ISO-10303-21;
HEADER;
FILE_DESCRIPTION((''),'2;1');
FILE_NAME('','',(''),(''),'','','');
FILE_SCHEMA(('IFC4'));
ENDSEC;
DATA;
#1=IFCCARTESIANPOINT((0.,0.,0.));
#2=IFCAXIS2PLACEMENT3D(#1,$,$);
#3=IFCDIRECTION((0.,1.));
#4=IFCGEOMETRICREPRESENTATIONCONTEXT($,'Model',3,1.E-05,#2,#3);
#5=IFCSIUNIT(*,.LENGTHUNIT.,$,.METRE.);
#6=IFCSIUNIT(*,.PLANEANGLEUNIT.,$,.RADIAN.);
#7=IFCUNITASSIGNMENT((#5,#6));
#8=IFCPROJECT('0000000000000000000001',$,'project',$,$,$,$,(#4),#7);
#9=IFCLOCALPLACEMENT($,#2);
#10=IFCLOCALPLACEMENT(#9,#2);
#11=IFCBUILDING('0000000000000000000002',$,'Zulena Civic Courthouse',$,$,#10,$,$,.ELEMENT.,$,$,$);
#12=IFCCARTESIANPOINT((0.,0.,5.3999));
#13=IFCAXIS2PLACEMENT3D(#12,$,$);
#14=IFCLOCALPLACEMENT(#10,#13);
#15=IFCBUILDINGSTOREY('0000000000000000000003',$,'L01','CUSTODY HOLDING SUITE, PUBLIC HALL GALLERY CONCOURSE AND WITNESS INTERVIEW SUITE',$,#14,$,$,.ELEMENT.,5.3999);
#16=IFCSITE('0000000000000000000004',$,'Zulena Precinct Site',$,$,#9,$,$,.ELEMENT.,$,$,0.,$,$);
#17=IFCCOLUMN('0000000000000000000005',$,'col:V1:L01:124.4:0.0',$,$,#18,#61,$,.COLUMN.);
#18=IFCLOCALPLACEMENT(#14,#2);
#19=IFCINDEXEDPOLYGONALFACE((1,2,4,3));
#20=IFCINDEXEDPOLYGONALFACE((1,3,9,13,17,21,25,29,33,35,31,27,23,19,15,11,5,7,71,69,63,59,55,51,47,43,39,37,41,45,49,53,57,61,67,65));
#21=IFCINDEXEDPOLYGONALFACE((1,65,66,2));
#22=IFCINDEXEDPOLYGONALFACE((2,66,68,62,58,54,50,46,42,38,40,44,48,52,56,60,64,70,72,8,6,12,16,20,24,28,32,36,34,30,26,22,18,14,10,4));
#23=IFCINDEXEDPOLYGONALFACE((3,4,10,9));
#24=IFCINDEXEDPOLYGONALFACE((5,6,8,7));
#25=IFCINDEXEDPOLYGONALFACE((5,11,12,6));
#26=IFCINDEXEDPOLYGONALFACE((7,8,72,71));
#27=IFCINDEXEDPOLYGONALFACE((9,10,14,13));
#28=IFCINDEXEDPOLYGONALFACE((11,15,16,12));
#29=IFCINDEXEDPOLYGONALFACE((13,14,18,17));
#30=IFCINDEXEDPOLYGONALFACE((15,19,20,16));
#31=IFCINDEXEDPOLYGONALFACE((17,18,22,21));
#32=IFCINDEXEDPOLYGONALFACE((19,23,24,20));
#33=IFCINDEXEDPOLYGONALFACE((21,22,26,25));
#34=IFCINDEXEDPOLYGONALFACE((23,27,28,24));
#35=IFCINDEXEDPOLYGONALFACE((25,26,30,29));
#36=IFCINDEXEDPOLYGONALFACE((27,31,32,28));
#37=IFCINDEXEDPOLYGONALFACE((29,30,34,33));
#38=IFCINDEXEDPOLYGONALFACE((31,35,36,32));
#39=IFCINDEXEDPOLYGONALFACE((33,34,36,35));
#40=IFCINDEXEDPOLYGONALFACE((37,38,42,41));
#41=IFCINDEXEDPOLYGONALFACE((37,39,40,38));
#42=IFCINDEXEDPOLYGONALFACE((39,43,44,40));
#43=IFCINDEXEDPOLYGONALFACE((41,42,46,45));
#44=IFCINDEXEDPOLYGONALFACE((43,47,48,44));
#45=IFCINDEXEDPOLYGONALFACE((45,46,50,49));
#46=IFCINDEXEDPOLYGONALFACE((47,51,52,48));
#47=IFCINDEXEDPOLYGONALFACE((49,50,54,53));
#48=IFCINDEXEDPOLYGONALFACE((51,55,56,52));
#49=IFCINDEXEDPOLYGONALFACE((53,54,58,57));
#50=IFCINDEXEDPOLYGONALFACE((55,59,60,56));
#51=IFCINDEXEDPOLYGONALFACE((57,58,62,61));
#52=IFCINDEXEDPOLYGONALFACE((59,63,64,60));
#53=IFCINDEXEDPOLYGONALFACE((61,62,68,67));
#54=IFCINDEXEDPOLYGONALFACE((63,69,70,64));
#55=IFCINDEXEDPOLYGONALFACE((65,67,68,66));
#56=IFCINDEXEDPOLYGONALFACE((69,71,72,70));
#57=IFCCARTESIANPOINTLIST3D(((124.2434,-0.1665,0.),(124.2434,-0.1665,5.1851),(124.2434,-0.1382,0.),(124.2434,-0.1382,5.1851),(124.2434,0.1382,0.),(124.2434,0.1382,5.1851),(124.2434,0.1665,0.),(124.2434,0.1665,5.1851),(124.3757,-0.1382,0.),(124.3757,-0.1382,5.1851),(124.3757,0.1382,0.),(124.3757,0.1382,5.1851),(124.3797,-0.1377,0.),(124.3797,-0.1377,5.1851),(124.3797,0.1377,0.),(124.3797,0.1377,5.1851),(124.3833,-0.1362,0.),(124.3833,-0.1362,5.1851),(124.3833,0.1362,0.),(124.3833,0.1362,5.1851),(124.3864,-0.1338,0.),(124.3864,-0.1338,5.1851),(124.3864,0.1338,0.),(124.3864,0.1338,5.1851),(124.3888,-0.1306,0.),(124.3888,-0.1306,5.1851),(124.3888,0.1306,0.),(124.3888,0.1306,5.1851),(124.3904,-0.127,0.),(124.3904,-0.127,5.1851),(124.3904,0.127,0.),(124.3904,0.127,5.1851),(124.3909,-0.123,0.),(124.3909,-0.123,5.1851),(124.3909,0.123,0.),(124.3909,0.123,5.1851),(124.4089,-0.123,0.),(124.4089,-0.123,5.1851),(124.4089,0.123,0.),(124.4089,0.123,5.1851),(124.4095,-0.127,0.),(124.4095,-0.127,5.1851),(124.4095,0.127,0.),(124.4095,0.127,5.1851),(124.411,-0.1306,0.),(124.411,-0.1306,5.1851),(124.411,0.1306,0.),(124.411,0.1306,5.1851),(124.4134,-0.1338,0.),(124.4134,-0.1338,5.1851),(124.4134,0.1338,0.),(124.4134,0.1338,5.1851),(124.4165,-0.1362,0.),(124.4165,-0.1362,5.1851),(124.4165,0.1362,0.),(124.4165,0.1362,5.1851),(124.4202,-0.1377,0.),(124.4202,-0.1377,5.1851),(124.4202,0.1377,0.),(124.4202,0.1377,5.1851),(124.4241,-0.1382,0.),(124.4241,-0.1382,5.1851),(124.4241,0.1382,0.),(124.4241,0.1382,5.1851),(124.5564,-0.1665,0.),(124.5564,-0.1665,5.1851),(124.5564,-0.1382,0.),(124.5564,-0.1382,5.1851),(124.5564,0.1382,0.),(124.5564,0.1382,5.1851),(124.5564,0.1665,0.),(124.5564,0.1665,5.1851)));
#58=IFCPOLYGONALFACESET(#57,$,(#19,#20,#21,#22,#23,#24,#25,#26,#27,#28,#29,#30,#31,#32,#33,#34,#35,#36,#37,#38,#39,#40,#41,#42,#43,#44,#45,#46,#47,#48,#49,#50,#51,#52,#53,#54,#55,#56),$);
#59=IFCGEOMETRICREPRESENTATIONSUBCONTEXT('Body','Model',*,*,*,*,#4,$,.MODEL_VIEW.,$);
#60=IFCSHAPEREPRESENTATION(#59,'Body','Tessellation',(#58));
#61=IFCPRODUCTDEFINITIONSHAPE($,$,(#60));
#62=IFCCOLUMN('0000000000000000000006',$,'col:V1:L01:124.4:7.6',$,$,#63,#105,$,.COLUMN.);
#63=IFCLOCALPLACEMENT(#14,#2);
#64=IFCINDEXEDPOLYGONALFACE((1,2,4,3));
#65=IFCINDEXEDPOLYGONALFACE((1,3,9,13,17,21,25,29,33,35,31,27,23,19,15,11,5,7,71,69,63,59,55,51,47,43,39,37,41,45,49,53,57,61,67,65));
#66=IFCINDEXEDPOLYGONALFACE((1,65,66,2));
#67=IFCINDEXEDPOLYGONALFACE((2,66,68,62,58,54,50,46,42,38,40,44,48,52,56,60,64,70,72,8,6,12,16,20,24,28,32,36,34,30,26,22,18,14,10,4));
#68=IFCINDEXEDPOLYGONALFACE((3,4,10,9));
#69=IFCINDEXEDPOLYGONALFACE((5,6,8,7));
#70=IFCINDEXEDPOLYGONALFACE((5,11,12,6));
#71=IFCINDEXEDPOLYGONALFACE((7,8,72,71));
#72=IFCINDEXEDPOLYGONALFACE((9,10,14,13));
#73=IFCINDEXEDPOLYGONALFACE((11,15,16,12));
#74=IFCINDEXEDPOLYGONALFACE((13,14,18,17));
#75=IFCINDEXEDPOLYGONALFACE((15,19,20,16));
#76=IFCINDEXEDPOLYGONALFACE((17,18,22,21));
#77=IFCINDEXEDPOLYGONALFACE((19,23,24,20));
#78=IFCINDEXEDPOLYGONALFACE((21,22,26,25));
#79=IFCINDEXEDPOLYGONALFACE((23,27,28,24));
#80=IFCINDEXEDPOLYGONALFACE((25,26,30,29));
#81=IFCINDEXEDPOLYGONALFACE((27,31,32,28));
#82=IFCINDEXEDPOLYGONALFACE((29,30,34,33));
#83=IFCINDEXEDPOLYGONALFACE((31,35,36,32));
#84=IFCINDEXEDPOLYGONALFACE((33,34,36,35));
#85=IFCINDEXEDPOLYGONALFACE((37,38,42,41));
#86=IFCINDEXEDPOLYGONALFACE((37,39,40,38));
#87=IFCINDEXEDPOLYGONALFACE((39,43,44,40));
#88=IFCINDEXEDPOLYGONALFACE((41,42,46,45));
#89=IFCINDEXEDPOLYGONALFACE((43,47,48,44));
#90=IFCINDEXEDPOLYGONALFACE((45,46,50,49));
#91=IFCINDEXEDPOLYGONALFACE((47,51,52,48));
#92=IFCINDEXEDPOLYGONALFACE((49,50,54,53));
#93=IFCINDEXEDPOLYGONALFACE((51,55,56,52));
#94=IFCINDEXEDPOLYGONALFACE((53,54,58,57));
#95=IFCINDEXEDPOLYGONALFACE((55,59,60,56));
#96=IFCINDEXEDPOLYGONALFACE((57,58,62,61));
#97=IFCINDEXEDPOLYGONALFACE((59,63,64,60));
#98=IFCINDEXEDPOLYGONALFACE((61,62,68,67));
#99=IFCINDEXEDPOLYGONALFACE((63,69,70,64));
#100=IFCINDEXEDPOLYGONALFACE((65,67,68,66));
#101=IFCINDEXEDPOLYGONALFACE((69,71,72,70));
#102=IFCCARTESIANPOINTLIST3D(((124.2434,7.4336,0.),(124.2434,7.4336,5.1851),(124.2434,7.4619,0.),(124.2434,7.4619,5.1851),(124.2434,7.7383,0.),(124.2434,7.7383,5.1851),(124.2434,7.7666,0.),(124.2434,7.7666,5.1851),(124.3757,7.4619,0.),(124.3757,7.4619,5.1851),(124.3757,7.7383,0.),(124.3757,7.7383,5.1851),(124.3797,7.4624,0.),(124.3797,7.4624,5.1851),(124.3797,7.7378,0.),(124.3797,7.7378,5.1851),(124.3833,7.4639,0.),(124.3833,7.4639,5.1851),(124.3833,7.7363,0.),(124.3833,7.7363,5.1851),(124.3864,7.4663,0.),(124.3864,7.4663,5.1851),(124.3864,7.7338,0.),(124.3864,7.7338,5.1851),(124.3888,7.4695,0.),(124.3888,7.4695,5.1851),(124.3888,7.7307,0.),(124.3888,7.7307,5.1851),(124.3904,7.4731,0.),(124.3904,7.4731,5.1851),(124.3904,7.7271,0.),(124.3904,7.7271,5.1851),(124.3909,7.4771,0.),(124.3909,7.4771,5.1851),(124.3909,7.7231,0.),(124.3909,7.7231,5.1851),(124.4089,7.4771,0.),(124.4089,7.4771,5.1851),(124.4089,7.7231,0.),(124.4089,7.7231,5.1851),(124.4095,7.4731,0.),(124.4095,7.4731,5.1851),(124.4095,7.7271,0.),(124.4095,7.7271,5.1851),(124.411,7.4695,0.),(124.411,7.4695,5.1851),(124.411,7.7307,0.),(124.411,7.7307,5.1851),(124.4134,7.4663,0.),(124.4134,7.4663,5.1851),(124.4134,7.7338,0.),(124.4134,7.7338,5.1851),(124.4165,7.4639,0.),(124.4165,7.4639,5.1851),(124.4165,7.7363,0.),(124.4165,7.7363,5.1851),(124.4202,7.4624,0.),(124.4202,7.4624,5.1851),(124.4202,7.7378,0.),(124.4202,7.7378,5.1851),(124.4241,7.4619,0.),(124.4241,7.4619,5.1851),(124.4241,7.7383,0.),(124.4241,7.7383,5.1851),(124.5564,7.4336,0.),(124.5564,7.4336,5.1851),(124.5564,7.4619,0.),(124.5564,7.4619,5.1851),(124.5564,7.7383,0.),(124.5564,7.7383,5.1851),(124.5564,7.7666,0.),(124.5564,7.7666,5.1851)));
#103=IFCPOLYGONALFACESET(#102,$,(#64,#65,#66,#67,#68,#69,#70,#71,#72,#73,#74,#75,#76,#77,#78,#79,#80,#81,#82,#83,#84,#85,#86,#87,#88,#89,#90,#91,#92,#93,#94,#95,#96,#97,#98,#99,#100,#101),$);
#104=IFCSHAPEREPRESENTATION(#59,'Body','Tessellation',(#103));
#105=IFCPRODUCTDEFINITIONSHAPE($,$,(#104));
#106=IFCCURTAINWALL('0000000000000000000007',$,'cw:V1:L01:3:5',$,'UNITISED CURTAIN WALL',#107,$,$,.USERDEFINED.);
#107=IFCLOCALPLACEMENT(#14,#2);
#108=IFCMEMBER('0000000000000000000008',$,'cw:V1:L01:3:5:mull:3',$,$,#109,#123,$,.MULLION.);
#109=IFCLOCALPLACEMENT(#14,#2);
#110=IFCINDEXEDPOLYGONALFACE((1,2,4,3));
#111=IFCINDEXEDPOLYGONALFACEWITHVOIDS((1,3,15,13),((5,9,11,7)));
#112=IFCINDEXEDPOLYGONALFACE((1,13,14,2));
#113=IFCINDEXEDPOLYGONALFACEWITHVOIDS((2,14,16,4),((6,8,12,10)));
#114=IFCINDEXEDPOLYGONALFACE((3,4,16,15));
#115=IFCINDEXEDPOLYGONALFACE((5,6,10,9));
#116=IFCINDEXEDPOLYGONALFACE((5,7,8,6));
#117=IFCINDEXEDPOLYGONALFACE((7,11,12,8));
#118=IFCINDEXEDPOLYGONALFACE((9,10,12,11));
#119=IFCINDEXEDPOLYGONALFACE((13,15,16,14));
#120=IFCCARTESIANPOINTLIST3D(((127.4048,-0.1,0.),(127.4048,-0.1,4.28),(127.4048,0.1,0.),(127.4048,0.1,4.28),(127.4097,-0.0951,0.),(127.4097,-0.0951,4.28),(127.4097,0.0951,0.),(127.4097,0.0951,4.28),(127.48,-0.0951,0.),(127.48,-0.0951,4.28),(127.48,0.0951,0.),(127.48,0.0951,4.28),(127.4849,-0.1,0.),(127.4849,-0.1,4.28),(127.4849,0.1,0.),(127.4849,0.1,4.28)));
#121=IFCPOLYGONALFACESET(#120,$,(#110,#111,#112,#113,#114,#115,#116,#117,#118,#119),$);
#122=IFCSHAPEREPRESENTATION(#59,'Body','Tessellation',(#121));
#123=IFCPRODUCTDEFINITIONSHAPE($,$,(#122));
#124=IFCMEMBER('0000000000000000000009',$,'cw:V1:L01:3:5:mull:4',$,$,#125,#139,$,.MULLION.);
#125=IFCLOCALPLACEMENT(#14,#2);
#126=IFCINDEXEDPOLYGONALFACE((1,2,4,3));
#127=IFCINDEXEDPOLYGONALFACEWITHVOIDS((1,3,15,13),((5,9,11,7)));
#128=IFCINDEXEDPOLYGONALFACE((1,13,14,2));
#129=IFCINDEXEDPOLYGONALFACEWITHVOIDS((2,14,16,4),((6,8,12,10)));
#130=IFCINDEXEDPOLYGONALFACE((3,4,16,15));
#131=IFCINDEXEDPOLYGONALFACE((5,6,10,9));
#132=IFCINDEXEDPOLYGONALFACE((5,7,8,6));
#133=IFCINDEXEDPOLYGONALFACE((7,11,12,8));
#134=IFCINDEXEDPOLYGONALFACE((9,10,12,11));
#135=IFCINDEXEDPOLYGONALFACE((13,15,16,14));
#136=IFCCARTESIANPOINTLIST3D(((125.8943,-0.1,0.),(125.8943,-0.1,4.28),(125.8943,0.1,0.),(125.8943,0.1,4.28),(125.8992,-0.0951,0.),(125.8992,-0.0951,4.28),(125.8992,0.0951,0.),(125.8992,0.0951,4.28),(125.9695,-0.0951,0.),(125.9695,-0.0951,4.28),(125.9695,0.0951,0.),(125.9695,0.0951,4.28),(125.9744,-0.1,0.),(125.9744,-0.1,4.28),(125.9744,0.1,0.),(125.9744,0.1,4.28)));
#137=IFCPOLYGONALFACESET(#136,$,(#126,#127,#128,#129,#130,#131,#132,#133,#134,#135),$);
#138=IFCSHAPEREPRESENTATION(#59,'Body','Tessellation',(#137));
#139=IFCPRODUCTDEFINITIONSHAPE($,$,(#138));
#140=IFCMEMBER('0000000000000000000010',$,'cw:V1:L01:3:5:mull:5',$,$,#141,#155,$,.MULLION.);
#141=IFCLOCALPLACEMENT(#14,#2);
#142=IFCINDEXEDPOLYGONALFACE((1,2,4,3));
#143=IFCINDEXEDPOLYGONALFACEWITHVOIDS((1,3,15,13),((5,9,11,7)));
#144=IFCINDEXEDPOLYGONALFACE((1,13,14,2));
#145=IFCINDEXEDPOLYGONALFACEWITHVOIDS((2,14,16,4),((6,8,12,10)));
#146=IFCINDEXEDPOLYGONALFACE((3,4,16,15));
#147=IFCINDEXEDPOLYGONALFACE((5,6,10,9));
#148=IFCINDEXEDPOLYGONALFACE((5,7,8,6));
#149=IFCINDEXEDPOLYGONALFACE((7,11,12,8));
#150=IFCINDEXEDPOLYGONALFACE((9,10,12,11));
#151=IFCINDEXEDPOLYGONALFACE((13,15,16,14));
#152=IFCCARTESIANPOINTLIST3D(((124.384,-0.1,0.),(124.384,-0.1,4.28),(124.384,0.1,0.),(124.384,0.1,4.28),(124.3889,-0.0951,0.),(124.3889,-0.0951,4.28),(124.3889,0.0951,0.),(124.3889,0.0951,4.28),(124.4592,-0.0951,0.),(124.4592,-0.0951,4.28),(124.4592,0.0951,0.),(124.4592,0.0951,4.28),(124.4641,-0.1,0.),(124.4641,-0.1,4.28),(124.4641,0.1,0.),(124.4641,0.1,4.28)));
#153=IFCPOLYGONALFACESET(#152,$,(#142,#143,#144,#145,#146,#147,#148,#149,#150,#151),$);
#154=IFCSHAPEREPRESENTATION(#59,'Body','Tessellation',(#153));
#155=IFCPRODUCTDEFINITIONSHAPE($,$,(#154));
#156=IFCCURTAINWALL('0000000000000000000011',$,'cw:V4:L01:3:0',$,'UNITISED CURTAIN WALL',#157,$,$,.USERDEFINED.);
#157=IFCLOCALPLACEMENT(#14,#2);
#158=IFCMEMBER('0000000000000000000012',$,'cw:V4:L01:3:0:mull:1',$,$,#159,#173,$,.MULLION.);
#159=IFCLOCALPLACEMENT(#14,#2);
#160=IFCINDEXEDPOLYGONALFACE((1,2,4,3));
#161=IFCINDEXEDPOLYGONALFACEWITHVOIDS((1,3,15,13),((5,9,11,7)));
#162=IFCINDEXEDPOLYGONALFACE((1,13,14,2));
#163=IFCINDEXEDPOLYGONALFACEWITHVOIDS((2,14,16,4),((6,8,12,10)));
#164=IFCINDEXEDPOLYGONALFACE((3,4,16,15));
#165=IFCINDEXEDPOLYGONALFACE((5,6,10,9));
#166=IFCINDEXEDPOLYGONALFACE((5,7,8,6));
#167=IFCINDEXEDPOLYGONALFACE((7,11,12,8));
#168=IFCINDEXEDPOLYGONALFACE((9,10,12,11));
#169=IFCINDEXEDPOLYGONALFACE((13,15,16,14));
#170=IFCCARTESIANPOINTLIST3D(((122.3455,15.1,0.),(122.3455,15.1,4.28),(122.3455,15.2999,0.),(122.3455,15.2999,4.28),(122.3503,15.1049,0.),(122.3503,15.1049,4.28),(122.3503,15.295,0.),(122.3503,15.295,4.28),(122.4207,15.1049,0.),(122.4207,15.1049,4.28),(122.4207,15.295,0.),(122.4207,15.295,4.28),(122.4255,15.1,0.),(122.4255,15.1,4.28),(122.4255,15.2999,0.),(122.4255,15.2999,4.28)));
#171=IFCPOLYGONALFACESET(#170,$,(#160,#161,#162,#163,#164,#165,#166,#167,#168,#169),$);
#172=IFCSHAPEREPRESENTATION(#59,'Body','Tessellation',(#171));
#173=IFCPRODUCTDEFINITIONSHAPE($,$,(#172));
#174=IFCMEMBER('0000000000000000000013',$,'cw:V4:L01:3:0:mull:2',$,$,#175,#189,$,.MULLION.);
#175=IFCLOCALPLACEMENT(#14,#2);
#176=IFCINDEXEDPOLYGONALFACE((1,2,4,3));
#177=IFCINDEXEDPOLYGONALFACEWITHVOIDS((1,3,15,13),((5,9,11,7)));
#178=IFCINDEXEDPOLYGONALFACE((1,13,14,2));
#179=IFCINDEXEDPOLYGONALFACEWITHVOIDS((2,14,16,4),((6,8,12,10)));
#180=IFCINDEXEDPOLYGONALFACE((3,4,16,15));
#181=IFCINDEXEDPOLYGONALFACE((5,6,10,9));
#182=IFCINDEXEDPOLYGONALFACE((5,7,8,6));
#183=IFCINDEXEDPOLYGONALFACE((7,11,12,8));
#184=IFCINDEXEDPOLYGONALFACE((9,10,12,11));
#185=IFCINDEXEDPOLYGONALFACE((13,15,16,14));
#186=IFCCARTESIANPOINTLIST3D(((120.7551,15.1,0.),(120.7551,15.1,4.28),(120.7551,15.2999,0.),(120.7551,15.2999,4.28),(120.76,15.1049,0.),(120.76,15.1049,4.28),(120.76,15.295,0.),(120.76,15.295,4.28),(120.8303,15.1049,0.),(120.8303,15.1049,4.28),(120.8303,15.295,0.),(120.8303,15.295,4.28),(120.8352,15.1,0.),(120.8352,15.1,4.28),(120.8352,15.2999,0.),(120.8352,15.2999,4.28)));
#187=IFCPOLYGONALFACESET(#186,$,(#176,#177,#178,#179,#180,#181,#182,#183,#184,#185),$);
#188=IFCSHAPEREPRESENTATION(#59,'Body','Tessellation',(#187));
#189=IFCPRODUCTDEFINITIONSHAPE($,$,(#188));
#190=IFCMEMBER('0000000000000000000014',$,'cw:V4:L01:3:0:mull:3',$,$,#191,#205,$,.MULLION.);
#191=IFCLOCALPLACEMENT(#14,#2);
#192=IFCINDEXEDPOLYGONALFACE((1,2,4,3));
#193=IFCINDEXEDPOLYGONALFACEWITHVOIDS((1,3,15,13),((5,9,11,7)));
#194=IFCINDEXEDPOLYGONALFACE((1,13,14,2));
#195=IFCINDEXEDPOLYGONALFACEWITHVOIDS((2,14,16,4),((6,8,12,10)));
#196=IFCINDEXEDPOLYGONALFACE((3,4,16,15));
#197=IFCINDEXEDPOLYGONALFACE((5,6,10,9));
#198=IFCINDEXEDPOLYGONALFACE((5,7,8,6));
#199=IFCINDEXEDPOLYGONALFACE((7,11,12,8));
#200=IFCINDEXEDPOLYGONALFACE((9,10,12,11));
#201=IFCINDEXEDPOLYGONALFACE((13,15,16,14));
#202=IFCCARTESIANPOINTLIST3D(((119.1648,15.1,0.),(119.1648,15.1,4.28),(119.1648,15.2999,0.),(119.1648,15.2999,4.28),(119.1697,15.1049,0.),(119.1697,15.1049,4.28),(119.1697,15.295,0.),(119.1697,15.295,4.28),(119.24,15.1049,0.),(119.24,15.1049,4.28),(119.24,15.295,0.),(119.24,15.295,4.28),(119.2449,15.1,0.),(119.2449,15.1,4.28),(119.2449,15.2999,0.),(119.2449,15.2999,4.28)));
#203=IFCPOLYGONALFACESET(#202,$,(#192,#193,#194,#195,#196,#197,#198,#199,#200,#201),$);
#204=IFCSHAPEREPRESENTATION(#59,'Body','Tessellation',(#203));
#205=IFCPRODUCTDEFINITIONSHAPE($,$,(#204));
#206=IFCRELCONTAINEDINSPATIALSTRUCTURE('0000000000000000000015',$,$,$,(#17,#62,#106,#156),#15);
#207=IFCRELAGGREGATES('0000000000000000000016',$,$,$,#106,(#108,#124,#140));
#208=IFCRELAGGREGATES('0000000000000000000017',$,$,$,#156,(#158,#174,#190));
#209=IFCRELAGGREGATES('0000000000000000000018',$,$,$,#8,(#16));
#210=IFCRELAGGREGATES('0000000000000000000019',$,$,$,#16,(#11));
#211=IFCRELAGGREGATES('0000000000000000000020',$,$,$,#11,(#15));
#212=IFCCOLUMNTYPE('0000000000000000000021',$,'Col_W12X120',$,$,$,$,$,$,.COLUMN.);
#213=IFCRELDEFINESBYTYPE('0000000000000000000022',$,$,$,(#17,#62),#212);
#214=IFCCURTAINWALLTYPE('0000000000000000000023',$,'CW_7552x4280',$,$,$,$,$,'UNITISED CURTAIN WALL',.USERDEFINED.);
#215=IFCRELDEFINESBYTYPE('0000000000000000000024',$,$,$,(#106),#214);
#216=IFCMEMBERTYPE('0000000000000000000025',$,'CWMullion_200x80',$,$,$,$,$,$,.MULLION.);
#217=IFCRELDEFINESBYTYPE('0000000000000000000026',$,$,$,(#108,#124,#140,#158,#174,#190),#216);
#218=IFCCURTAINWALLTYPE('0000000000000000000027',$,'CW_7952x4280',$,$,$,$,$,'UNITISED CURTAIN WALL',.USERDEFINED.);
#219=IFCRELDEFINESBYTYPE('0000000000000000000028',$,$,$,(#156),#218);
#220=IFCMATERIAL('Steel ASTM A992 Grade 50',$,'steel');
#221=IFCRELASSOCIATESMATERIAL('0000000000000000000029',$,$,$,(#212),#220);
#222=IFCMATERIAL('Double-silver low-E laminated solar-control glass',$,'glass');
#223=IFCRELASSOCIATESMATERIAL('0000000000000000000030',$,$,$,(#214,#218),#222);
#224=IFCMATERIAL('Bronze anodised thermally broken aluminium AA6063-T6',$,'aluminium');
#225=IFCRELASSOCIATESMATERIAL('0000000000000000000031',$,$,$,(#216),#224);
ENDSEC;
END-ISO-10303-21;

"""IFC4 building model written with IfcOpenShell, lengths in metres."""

from ifc_helpers import new_model, si_unit, direction, frame, origin, origin_2d, place, context, subcontext, project, spatial, hollow_rectangle, i_section, extrude, material, material_profile, profile_set, type_object, element, aggregate, save


model = new_model("IFC4")

# Units and contexts
model_context = context("Model", 3, precision=1e-05, world=origin(), true_north=direction((0.0, 1.0)))
body_context = subcontext(model_context, "Body", "Model", "MODEL_VIEW")
ifc_project = project(units=[si_unit("LENGTHUNIT", "METRE"), si_unit("PLANEANGLEUNIT", "RADIAN")], contexts=[model_context])

# Site, building, storey
site_placement = place(None, origin())
site = spatial("IfcSite", under=ifc_project, at=site_placement, Name="Zulena Precinct Site", CompositionType="ELEMENT", RefElevation=0.0)
building_placement = place(site_placement, origin())
building = spatial("IfcBuilding", under=site, at=building_placement, Name="Zulena Civic Courthouse", CompositionType="ELEMENT")
storey_placement = place(building_placement, frame((0.0, 0.0, 5.3999)))
storey = spatial("IfcBuildingStorey", under=building, at=storey_placement, Name="L01", Description="CUSTODY HOLDING SUITE, PUBLIC HALL GALLERY CONCOURSE AND WITNESS INTERVIEW SUITE", CompositionType="ELEMENT", Elevation=5.3999)

# Columns
ifc_material_1 = material(Name="Steel ASTM A992 Grade 50", Category="steel")
ifc_material_profile_1 = material_profile(ifc_material_1, i_section(OverallWidth=0.313, OverallDepth=0.333, WebThickness=0.0181, FlangeThickness=0.0283, FilletRadius=0.0151, at=origin_2d()), Name="W12X120")
ifc_profile_set_1 = profile_set([ifc_material_profile_1], Name="Steel ASTM A992 Grade 50")
column_type = type_object("IfcColumnType", Name="Col_W12X120", PredefinedType="COLUMN", material=ifc_profile_set_1)
for number, where, z_axis, x_axis, name in (
    (1, (124.3999, 0.0, 0.0), (0.0, 0.0, 1.0), (1.0, 0.0, 0.0), "col:V1:L01:124.4:0.0"),
    (2, (124.3999, 7.6001, 0.0), (0.0, 0.0, 1.0), (1.0, 0.0, 0.0), "col:V1:L01:124.4:7.6"),
):
    element("IfcColumn", number, at=place(storey_placement, frame(where, z_axis=z_axis, x_axis=x_axis)), inside=storey, type_object=column_type, Name=name, PredefinedType="COLUMN", context=body_context, shape_type="SweptSolid", body=[
        extrude(i_section(OverallWidth=0.313, OverallDepth=0.333, WebThickness=0.0181, FlangeThickness=0.0283, FilletRadius=0.0151, at=origin_2d()), origin(), (0.0, 0.0, 1.0), 5.1851),
    ])

# Curtain walls, members
ifc_material_2 = material(Name="Double-silver low-E laminated solar-control glass", Category="glass")
curtain_wall_type_1 = type_object("IfcCurtainWallType", Name="CW_7552x4280", ElementType="UNITISED CURTAIN WALL", PredefinedType="USERDEFINED", material=ifc_material_2)
curtain_wall_1_placement = place(storey_placement, origin())
curtain_wall_1 = element("IfcCurtainWall", 3, at=curtain_wall_1_placement, inside=storey, type_object=curtain_wall_type_1, Name="cw:V1:L01:3:5", ObjectType="UNITISED CURTAIN WALL", PredefinedType="USERDEFINED")
ifc_material_3 = material(Name="Bronze anodised thermally broken aluminium AA6063-T6", Category="aluminium")
ifc_material_profile_2 = material_profile(ifc_material_3, hollow_rectangle(XDim=0.0801, YDim=0.2, WallThickness=0.0049, at=origin_2d()), Name="CWM200X80X5")
ifc_profile_set_2 = profile_set([ifc_material_profile_2], Name="Bronze anodised thermally broken aluminium AA6063-T6")
member_type = type_object("IfcMemberType", Name="CWMullion_200x80", PredefinedType="MULLION", material=ifc_profile_set_2)
member_1_placement = place(storey_placement, frame((127.4448, 0.0, 0.0), z_axis=(0.0, 0.0, 1.0), x_axis=(1.0, 0.0, 0.0)))
member_1 = element("IfcMember", 4, at=member_1_placement, type_object=member_type, Name="cw:V1:L01:3:5:mull:3", PredefinedType="MULLION", context=body_context, shape_type="SweptSolid", body=[
    extrude(hollow_rectangle(XDim=0.0801, YDim=0.2, WallThickness=0.0049, at=origin_2d()), origin(), (0.0, 0.0, 1.0), 4.28),
])
member_2_placement = place(storey_placement, frame((125.9343, 0.0, 0.0), z_axis=(0.0, 0.0, 1.0), x_axis=(1.0, 0.0, 0.0)))
member_2 = element("IfcMember", 5, at=member_2_placement, type_object=member_type, Name="cw:V1:L01:3:5:mull:4", PredefinedType="MULLION", context=body_context, shape_type="SweptSolid", body=[
    extrude(hollow_rectangle(XDim=0.0801, YDim=0.2, WallThickness=0.0049, at=origin_2d()), origin(), (0.0, 0.0, 1.0), 4.28),
])
member_3_placement = place(storey_placement, frame((124.4241, 0.0, 0.0), z_axis=(0.0, 0.0, 1.0), x_axis=(1.0, 0.0, 0.0)))
member_3 = element("IfcMember", 6, at=member_3_placement, type_object=member_type, Name="cw:V1:L01:3:5:mull:5", PredefinedType="MULLION", context=body_context, shape_type="SweptSolid", body=[
    extrude(hollow_rectangle(XDim=0.0801, YDim=0.2, WallThickness=0.0049, at=origin_2d()), origin(), (0.0, 0.0, 1.0), 4.28),
])
curtain_wall_type_2 = type_object("IfcCurtainWallType", Name="CW_7952x4280", ElementType="UNITISED CURTAIN WALL", PredefinedType="USERDEFINED", material=ifc_material_2)
curtain_wall_2_placement = place(storey_placement, origin())
curtain_wall_2 = element("IfcCurtainWall", 7, at=curtain_wall_2_placement, inside=storey, type_object=curtain_wall_type_2, Name="cw:V4:L01:3:0", ObjectType="UNITISED CURTAIN WALL", PredefinedType="USERDEFINED")
member_4_placement = place(storey_placement, frame((122.3855, 15.2, 0.0), z_axis=(0.0, 0.0, 1.0), x_axis=(1.0, 0.0, 0.0)))
member_4 = element("IfcMember", 8, at=member_4_placement, type_object=member_type, Name="cw:V4:L01:3:0:mull:1", PredefinedType="MULLION", context=body_context, shape_type="SweptSolid", body=[
    extrude(hollow_rectangle(XDim=0.0801, YDim=0.2, WallThickness=0.0049, at=origin_2d()), origin(), (0.0, 0.0, 1.0), 4.28),
])
member_5_placement = place(storey_placement, frame((120.7952, 15.2, 0.0), z_axis=(0.0, 0.0, 1.0), x_axis=(1.0, 0.0, 0.0)))
member_5 = element("IfcMember", 9, at=member_5_placement, type_object=member_type, Name="cw:V4:L01:3:0:mull:2", PredefinedType="MULLION", context=body_context, shape_type="SweptSolid", body=[
    extrude(hollow_rectangle(XDim=0.0801, YDim=0.2, WallThickness=0.0049, at=origin_2d()), origin(), (0.0, 0.0, 1.0), 4.28),
])
member_6_placement = place(storey_placement, frame((119.2048, 15.2, 0.0), z_axis=(0.0, 0.0, 1.0), x_axis=(1.0, 0.0, 0.0)))
member_6 = element("IfcMember", 10, at=member_6_placement, type_object=member_type, Name="cw:V4:L01:3:0:mull:3", PredefinedType="MULLION", context=body_context, shape_type="SweptSolid", body=[
    extrude(hollow_rectangle(XDim=0.0801, YDim=0.2, WallThickness=0.0049, at=origin_2d()), origin(), (0.0, 0.0, 1.0), 4.28),
])

aggregate(curtain_wall_1, [member_1, member_2, member_3])
aggregate(curtain_wall_2, [member_4, member_5, member_6])

save(model, "model.ifc")
